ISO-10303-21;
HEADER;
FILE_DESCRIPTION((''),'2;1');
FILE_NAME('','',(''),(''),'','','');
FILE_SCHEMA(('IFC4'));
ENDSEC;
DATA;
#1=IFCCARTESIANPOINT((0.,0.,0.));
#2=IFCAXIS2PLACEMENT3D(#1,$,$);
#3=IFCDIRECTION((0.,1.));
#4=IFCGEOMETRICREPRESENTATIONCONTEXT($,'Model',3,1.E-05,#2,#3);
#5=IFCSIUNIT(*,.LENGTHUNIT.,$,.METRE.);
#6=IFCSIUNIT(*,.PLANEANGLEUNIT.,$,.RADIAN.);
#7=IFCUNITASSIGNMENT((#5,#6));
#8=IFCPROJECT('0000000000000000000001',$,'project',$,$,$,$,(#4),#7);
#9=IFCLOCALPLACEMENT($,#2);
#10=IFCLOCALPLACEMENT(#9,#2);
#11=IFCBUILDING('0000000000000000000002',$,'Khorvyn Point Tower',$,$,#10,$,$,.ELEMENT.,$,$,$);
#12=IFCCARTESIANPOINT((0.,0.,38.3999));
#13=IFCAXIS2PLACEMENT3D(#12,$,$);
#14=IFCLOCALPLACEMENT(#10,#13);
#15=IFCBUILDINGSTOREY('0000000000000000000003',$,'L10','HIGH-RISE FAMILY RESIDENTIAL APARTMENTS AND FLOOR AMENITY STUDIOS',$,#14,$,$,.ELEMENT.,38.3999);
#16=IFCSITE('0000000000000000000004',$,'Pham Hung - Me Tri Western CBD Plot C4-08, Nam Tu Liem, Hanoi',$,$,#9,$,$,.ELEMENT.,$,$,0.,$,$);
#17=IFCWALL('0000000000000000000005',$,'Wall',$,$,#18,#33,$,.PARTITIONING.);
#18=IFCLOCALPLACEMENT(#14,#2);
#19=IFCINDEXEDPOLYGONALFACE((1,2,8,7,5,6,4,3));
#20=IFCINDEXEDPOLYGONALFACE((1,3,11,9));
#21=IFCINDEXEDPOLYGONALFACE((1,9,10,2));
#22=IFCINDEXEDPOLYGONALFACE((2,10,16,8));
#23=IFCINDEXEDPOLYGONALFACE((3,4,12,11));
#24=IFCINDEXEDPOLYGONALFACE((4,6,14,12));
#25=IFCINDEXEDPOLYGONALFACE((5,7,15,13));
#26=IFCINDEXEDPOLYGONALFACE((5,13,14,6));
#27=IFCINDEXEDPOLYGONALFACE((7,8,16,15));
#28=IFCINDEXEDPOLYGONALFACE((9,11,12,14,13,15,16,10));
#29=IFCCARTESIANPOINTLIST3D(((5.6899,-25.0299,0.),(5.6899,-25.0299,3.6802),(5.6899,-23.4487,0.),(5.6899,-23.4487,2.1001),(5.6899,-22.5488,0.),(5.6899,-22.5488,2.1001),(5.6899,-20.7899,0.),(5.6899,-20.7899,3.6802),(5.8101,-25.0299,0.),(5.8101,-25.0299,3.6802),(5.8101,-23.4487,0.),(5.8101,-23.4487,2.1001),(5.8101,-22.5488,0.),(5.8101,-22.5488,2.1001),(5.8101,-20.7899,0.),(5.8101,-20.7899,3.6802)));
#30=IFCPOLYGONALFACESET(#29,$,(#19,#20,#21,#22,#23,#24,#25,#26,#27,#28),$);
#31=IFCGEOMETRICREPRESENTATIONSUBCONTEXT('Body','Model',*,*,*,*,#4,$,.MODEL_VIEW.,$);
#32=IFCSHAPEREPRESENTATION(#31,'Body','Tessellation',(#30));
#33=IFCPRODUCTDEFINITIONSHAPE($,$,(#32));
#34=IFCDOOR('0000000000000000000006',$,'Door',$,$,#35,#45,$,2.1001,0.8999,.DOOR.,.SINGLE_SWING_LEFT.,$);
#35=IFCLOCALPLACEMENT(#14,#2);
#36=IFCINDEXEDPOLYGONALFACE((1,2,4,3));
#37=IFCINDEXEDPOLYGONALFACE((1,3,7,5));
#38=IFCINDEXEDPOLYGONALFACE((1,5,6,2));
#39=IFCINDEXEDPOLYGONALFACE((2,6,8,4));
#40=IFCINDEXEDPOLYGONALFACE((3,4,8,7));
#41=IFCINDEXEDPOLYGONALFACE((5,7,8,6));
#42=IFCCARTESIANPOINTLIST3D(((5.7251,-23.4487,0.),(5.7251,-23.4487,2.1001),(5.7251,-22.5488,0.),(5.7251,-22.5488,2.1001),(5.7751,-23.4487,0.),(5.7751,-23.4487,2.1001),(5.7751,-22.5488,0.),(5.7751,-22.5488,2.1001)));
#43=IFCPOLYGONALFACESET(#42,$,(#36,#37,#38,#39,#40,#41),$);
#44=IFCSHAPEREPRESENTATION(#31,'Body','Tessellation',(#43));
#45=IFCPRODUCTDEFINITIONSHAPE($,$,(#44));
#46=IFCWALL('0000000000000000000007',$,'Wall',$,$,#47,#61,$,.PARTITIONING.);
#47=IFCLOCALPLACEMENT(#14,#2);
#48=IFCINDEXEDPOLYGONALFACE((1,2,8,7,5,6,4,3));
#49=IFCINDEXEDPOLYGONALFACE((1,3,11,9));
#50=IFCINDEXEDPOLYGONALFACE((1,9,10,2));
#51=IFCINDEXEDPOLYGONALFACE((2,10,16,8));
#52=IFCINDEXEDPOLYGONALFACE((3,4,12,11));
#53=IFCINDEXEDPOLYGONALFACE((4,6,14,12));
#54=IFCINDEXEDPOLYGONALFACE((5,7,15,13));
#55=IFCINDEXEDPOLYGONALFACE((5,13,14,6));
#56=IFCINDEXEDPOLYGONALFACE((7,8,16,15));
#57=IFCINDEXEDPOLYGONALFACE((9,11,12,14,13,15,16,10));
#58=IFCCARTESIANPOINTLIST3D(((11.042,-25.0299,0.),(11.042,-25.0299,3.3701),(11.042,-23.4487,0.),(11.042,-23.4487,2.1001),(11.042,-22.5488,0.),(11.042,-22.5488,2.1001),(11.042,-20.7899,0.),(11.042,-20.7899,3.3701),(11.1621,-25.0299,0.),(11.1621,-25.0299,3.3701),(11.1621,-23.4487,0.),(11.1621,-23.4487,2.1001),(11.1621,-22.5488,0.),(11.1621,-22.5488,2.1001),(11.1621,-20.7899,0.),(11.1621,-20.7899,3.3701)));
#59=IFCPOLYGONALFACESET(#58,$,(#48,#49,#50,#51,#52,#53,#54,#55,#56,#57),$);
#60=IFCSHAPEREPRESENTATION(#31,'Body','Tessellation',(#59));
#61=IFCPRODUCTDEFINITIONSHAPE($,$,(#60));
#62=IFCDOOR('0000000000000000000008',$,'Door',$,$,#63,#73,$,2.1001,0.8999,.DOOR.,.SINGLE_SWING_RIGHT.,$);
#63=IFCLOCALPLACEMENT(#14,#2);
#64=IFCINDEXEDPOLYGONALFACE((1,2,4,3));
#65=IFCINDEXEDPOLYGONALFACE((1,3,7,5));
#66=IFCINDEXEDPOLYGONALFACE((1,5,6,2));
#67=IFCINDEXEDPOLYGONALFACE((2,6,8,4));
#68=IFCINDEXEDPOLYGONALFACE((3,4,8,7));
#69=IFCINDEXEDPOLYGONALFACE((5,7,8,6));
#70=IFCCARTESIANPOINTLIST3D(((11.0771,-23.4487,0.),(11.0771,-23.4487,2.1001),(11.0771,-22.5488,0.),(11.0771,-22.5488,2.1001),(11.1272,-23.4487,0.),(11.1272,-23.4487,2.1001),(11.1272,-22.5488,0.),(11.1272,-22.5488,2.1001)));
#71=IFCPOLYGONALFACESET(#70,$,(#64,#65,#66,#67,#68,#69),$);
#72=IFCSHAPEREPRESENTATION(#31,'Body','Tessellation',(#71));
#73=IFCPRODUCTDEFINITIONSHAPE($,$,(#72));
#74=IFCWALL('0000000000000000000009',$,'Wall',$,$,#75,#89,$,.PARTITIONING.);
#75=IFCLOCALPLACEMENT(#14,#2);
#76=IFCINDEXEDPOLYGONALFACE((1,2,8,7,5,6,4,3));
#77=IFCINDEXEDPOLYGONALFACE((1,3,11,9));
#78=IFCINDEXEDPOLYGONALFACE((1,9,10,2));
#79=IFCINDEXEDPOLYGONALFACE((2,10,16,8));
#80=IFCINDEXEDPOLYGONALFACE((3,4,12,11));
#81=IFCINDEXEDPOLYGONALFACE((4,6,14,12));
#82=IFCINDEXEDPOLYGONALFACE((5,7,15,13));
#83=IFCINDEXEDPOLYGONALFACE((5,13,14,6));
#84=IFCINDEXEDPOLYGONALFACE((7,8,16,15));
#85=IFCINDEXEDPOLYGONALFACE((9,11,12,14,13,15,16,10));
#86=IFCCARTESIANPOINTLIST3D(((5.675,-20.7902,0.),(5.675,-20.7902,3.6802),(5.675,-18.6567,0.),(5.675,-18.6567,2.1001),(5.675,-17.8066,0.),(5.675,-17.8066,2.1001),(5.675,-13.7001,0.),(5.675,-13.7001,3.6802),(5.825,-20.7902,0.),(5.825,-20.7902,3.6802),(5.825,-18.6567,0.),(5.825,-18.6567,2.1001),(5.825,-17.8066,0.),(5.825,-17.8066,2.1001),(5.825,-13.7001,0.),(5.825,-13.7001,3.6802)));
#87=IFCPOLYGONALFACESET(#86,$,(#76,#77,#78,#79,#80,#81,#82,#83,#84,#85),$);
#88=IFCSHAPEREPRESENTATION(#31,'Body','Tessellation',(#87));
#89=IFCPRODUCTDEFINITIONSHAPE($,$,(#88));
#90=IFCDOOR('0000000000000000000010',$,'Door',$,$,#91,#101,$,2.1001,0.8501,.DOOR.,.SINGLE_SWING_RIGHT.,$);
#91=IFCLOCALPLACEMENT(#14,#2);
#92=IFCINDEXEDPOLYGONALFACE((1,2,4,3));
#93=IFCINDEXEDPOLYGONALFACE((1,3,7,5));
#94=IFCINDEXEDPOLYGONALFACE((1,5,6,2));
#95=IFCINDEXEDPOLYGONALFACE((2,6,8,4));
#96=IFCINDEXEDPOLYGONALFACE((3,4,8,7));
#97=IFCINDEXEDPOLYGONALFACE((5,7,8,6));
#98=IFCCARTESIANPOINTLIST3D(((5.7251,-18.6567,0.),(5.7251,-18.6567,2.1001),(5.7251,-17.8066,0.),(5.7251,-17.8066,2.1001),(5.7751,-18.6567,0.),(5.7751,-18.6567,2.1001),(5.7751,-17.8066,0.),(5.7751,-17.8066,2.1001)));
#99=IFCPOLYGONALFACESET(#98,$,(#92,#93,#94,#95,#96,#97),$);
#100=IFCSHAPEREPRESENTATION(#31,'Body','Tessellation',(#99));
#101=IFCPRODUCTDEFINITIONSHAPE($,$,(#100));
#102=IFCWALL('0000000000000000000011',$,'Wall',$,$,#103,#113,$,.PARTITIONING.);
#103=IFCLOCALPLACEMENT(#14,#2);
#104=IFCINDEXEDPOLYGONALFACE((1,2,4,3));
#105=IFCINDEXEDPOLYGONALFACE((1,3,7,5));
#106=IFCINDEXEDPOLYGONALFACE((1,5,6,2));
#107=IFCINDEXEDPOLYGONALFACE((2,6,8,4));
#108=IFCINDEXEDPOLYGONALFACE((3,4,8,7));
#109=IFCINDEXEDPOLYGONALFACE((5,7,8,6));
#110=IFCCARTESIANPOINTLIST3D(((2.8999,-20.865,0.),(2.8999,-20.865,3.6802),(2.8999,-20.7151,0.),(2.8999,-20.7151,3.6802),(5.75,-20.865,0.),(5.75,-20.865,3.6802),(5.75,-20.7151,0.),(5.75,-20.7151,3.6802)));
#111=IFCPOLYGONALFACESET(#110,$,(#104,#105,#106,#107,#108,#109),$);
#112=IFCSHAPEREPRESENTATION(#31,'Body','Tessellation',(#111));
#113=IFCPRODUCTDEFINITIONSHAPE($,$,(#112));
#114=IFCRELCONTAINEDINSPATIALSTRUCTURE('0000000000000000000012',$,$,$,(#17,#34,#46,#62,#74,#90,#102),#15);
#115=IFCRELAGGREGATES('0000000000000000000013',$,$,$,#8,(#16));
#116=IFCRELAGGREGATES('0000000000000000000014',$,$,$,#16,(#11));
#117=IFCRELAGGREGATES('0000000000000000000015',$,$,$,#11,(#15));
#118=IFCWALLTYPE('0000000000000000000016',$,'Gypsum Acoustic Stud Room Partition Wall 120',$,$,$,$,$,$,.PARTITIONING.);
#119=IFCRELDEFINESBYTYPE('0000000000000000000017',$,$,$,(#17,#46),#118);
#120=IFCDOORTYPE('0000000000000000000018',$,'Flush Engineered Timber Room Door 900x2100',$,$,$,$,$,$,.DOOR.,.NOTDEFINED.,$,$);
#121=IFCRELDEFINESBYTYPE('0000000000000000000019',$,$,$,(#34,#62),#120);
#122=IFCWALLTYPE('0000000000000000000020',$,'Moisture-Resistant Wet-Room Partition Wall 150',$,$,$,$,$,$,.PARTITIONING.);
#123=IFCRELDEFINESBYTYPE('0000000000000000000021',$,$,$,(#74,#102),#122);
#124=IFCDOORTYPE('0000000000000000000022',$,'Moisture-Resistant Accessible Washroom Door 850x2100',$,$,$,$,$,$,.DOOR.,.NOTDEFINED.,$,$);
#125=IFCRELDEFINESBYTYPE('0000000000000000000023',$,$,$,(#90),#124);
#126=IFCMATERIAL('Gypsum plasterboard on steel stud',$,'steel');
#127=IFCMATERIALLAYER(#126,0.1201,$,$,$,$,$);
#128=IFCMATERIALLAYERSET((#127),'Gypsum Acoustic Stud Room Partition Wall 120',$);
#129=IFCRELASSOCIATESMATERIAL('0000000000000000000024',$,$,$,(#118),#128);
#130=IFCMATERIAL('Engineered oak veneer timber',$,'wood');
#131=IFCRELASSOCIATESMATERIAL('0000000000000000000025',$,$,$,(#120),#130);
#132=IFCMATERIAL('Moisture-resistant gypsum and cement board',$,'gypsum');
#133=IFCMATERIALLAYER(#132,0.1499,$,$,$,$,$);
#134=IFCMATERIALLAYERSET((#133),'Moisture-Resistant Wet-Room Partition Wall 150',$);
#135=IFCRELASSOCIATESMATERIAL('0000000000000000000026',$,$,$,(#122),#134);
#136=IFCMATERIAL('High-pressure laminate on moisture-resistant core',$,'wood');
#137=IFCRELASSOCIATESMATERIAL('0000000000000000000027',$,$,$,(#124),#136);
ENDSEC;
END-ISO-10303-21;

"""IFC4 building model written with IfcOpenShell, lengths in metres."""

from ifc_helpers import new_model, si_unit, direction, frame, frame_2d, origin, place, context, subcontext, project, spatial, rectangle, extrude, material, layer, layer_set, type_object, element, fill, save


model = new_model("IFC4")

# Units and contexts
model_context = context("Model", 3, precision=1e-05, world=origin(), true_north=direction((0.0, 1.0)))
body_context = subcontext(model_context, "Body", "Model", "MODEL_VIEW")
ifc_project = project(units=[si_unit("LENGTHUNIT", "METRE"), si_unit("PLANEANGLEUNIT", "RADIAN")], contexts=[model_context])

# Site, building, storey
site_placement = place(None, origin())
site = spatial("IfcSite", under=ifc_project, at=site_placement, Name="Pham Hung - Me Tri Western CBD Plot C4-08, Nam Tu Liem, Hanoi", CompositionType="ELEMENT", RefElevation=0.0)
building_placement = place(site_placement, origin())
building = spatial("IfcBuilding", under=site, at=building_placement, Name="Khorvyn Point Tower", CompositionType="ELEMENT")
storey_placement = place(building_placement, frame((0.0, 0.0, 38.3999)))
storey = spatial("IfcBuildingStorey", under=building, at=storey_placement, Name="L10", Description="HIGH-RISE FAMILY RESIDENTIAL APARTMENTS AND FLOOR AMENITY STUDIOS", CompositionType="ELEMENT", Elevation=38.3999)

# Walls, openings, doors
ifc_material_1 = material(Name="Gypsum plasterboard on steel stud", Category="steel")
ifc_layer_1 = layer(ifc_material_1, 0.1201)
ifc_layer_set_1 = layer_set([ifc_layer_1], Name="Gypsum Acoustic Stud Room Partition Wall 120")
wall_type_1 = type_object("IfcWallType", Name="Gypsum Acoustic Stud Room Partition Wall 120", PredefinedType="PARTITIONING", material=ifc_layer_set_1)
wall_1_placement = place(storey_placement, frame((5.75, -25.03, 0.0), z_axis=(0.0, 0.0, 1.0), x_axis=(0.0, 1.0, 0.0)))
wall_1 = element("IfcWall", 1, at=wall_1_placement, inside=storey, type_object=wall_type_1, Name="Wall", PredefinedType="PARTITIONING", context=body_context, shape_type="SweptSolid", body=[
    extrude(rectangle(XDim=4.24, YDim=0.1201, at=frame_2d((2.1201, 0.0))), origin(), (0.0, 0.0, 1.0), 3.6802),
])
opening_1_placement = place(wall_1_placement, frame((1.5813, 0.0, 0.0)))
opening_1 = element("IfcOpeningElement", 2, at=opening_1_placement, cuts=wall_1, PredefinedType="OPENING", context=body_context, shape_type="SweptSolid", body=[
    extrude(rectangle(XDim=0.8999, YDim=2.1001, at=frame_2d((0.45, 1.05))), frame((0.0, 0.0701, 0.0), z_axis=(0.0, -1.0, 0.0), x_axis=(1.0, 0.0, 0.0)), (0.0, 0.0, 1.0), 0.1401),
])
ifc_material_2 = material(Name="Engineered oak veneer timber", Category="wood")
door_type_1 = type_object("IfcDoorType", Name="Flush Engineered Timber Room Door 900x2100", OperationType="NOTDEFINED", PredefinedType="DOOR", material=ifc_material_2)
door_1_placement = place(opening_1_placement, origin())
door_1 = element("IfcDoor", 3, at=door_1_placement, inside=storey, type_object=door_type_1, Name="Door", OperationType="SINGLE_SWING_LEFT", OverallHeight=2.1001, OverallWidth=0.8999, PredefinedType="DOOR", context=body_context, shape_type="SweptSolid", body=[
    extrude(rectangle(XDim=0.8999, YDim=2.1001, at=frame_2d((0.45, 1.05))), frame((0.0, 0.0249, 0.0), z_axis=(0.0, -1.0, 0.0), x_axis=(1.0, 0.0, 0.0)), (0.0, 0.0, 1.0), 0.05),
])
fill(opening_1, door_1)
wall_2_placement = place(storey_placement, frame((11.1021, -25.03, 0.0), z_axis=(0.0, 0.0, 1.0), x_axis=(0.0, 1.0, 0.0)))
wall_2 = element("IfcWall", 4, at=wall_2_placement, inside=storey, type_object=wall_type_1, Name="Wall", PredefinedType="PARTITIONING", context=body_context, shape_type="SweptSolid", body=[
    extrude(rectangle(XDim=4.24, YDim=0.1201, at=frame_2d((2.1201, 0.0))), origin(), (0.0, 0.0, 1.0), 3.3701),
])
opening_2_placement = place(wall_2_placement, frame((1.5813, 0.0, 0.0)))
opening_2 = element("IfcOpeningElement", 5, at=opening_2_placement, cuts=wall_2, PredefinedType="OPENING", context=body_context, shape_type="SweptSolid", body=[
    extrude(rectangle(XDim=0.8999, YDim=2.1001, at=frame_2d((0.45, 1.05))), frame((0.0, 0.0701, 0.0), z_axis=(0.0, -1.0, 0.0), x_axis=(1.0, 0.0, 0.0)), (0.0, 0.0, 1.0), 0.1401),
])
door_2_placement = place(opening_2_placement, origin())
door_2 = element("IfcDoor", 6, at=door_2_placement, inside=storey, type_object=door_type_1, Name="Door", OperationType="SINGLE_SWING_RIGHT", OverallHeight=2.1001, OverallWidth=0.8999, PredefinedType="DOOR", context=body_context, shape_type="SweptSolid", body=[
    extrude(rectangle(XDim=0.8999, YDim=2.1001, at=frame_2d((0.45, 1.05))), frame((0.0, 0.0249, 0.0), z_axis=(0.0, -1.0, 0.0), x_axis=(1.0, 0.0, 0.0)), (0.0, 0.0, 1.0), 0.05),
])
fill(opening_2, door_2)
ifc_material_3 = material(Name="Moisture-resistant gypsum and cement board", Category="gypsum")
ifc_layer_2 = layer(ifc_material_3, 0.1499)
ifc_layer_set_2 = layer_set([ifc_layer_2], Name="Moisture-Resistant Wet-Room Partition Wall 150")
wall_type_2 = type_object("IfcWallType", Name="Moisture-Resistant Wet-Room Partition Wall 150", PredefinedType="PARTITIONING", material=ifc_layer_set_2)
wall_3_placement = place(storey_placement, frame((5.75, -20.79, 0.0), z_axis=(0.0, 0.0, 1.0), x_axis=(0.0, 1.0, 0.0)))
wall_3 = element("IfcWall", 7, at=wall_3_placement, inside=storey, type_object=wall_type_2, Name="Wall", PredefinedType="PARTITIONING", context=body_context, shape_type="SweptSolid", body=[
    extrude(rectangle(XDim=7.0901, YDim=0.1499, at=frame_2d((3.5449, 0.0))), origin(), (0.0, 0.0, 1.0), 3.6802),
])
opening_3_placement = place(wall_3_placement, frame((2.1333, 0.0, 0.0)))
opening_3 = element("IfcOpeningElement", 8, at=opening_3_placement, cuts=wall_3, PredefinedType="OPENING", context=body_context, shape_type="SweptSolid", body=[
    extrude(rectangle(XDim=0.8501, YDim=2.1001, at=frame_2d((0.425, 1.05))), frame((0.0, 0.085, 0.0), z_axis=(0.0, -1.0, 0.0), x_axis=(1.0, 0.0, 0.0)), (0.0, 0.0, 1.0), 0.1699),
])
ifc_material_4 = material(Name="High-pressure laminate on moisture-resistant core", Category="wood")
door_type_2 = type_object("IfcDoorType", Name="Moisture-Resistant Accessible Washroom Door 850x2100", OperationType="NOTDEFINED", PredefinedType="DOOR", material=ifc_material_4)
door_3_placement = place(opening_3_placement, origin())
door_3 = element("IfcDoor", 9, at=door_3_placement, inside=storey, type_object=door_type_2, Name="Door", OperationType="SINGLE_SWING_RIGHT", OverallHeight=2.1001, OverallWidth=0.8501, PredefinedType="DOOR", context=body_context, shape_type="SweptSolid", body=[
    extrude(rectangle(XDim=0.8501, YDim=2.1001, at=frame_2d((0.425, 1.05))), frame((0.0, 0.0249, 0.0), z_axis=(0.0, -1.0, 0.0), x_axis=(1.0, 0.0, 0.0)), (0.0, 0.0, 1.0), 0.05),
])
fill(opening_3, door_3)

# Wall
wall_4_placement = place(storey_placement, frame((2.8999, -20.79, 0.0), z_axis=(0.0, 0.0, 1.0), x_axis=(1.0, 0.0, 0.0)))
element("IfcWall", 10, at=wall_4_placement, inside=storey, type_object=wall_type_2, Name="Wall", PredefinedType="PARTITIONING", context=body_context, shape_type="SweptSolid", body=[
    extrude(rectangle(XDim=2.8501, YDim=0.1499, at=frame_2d((1.425, 0.0))), origin(), (0.0, 0.0, 1.0), 3.6802),
])

save(model, "model.ifc")
